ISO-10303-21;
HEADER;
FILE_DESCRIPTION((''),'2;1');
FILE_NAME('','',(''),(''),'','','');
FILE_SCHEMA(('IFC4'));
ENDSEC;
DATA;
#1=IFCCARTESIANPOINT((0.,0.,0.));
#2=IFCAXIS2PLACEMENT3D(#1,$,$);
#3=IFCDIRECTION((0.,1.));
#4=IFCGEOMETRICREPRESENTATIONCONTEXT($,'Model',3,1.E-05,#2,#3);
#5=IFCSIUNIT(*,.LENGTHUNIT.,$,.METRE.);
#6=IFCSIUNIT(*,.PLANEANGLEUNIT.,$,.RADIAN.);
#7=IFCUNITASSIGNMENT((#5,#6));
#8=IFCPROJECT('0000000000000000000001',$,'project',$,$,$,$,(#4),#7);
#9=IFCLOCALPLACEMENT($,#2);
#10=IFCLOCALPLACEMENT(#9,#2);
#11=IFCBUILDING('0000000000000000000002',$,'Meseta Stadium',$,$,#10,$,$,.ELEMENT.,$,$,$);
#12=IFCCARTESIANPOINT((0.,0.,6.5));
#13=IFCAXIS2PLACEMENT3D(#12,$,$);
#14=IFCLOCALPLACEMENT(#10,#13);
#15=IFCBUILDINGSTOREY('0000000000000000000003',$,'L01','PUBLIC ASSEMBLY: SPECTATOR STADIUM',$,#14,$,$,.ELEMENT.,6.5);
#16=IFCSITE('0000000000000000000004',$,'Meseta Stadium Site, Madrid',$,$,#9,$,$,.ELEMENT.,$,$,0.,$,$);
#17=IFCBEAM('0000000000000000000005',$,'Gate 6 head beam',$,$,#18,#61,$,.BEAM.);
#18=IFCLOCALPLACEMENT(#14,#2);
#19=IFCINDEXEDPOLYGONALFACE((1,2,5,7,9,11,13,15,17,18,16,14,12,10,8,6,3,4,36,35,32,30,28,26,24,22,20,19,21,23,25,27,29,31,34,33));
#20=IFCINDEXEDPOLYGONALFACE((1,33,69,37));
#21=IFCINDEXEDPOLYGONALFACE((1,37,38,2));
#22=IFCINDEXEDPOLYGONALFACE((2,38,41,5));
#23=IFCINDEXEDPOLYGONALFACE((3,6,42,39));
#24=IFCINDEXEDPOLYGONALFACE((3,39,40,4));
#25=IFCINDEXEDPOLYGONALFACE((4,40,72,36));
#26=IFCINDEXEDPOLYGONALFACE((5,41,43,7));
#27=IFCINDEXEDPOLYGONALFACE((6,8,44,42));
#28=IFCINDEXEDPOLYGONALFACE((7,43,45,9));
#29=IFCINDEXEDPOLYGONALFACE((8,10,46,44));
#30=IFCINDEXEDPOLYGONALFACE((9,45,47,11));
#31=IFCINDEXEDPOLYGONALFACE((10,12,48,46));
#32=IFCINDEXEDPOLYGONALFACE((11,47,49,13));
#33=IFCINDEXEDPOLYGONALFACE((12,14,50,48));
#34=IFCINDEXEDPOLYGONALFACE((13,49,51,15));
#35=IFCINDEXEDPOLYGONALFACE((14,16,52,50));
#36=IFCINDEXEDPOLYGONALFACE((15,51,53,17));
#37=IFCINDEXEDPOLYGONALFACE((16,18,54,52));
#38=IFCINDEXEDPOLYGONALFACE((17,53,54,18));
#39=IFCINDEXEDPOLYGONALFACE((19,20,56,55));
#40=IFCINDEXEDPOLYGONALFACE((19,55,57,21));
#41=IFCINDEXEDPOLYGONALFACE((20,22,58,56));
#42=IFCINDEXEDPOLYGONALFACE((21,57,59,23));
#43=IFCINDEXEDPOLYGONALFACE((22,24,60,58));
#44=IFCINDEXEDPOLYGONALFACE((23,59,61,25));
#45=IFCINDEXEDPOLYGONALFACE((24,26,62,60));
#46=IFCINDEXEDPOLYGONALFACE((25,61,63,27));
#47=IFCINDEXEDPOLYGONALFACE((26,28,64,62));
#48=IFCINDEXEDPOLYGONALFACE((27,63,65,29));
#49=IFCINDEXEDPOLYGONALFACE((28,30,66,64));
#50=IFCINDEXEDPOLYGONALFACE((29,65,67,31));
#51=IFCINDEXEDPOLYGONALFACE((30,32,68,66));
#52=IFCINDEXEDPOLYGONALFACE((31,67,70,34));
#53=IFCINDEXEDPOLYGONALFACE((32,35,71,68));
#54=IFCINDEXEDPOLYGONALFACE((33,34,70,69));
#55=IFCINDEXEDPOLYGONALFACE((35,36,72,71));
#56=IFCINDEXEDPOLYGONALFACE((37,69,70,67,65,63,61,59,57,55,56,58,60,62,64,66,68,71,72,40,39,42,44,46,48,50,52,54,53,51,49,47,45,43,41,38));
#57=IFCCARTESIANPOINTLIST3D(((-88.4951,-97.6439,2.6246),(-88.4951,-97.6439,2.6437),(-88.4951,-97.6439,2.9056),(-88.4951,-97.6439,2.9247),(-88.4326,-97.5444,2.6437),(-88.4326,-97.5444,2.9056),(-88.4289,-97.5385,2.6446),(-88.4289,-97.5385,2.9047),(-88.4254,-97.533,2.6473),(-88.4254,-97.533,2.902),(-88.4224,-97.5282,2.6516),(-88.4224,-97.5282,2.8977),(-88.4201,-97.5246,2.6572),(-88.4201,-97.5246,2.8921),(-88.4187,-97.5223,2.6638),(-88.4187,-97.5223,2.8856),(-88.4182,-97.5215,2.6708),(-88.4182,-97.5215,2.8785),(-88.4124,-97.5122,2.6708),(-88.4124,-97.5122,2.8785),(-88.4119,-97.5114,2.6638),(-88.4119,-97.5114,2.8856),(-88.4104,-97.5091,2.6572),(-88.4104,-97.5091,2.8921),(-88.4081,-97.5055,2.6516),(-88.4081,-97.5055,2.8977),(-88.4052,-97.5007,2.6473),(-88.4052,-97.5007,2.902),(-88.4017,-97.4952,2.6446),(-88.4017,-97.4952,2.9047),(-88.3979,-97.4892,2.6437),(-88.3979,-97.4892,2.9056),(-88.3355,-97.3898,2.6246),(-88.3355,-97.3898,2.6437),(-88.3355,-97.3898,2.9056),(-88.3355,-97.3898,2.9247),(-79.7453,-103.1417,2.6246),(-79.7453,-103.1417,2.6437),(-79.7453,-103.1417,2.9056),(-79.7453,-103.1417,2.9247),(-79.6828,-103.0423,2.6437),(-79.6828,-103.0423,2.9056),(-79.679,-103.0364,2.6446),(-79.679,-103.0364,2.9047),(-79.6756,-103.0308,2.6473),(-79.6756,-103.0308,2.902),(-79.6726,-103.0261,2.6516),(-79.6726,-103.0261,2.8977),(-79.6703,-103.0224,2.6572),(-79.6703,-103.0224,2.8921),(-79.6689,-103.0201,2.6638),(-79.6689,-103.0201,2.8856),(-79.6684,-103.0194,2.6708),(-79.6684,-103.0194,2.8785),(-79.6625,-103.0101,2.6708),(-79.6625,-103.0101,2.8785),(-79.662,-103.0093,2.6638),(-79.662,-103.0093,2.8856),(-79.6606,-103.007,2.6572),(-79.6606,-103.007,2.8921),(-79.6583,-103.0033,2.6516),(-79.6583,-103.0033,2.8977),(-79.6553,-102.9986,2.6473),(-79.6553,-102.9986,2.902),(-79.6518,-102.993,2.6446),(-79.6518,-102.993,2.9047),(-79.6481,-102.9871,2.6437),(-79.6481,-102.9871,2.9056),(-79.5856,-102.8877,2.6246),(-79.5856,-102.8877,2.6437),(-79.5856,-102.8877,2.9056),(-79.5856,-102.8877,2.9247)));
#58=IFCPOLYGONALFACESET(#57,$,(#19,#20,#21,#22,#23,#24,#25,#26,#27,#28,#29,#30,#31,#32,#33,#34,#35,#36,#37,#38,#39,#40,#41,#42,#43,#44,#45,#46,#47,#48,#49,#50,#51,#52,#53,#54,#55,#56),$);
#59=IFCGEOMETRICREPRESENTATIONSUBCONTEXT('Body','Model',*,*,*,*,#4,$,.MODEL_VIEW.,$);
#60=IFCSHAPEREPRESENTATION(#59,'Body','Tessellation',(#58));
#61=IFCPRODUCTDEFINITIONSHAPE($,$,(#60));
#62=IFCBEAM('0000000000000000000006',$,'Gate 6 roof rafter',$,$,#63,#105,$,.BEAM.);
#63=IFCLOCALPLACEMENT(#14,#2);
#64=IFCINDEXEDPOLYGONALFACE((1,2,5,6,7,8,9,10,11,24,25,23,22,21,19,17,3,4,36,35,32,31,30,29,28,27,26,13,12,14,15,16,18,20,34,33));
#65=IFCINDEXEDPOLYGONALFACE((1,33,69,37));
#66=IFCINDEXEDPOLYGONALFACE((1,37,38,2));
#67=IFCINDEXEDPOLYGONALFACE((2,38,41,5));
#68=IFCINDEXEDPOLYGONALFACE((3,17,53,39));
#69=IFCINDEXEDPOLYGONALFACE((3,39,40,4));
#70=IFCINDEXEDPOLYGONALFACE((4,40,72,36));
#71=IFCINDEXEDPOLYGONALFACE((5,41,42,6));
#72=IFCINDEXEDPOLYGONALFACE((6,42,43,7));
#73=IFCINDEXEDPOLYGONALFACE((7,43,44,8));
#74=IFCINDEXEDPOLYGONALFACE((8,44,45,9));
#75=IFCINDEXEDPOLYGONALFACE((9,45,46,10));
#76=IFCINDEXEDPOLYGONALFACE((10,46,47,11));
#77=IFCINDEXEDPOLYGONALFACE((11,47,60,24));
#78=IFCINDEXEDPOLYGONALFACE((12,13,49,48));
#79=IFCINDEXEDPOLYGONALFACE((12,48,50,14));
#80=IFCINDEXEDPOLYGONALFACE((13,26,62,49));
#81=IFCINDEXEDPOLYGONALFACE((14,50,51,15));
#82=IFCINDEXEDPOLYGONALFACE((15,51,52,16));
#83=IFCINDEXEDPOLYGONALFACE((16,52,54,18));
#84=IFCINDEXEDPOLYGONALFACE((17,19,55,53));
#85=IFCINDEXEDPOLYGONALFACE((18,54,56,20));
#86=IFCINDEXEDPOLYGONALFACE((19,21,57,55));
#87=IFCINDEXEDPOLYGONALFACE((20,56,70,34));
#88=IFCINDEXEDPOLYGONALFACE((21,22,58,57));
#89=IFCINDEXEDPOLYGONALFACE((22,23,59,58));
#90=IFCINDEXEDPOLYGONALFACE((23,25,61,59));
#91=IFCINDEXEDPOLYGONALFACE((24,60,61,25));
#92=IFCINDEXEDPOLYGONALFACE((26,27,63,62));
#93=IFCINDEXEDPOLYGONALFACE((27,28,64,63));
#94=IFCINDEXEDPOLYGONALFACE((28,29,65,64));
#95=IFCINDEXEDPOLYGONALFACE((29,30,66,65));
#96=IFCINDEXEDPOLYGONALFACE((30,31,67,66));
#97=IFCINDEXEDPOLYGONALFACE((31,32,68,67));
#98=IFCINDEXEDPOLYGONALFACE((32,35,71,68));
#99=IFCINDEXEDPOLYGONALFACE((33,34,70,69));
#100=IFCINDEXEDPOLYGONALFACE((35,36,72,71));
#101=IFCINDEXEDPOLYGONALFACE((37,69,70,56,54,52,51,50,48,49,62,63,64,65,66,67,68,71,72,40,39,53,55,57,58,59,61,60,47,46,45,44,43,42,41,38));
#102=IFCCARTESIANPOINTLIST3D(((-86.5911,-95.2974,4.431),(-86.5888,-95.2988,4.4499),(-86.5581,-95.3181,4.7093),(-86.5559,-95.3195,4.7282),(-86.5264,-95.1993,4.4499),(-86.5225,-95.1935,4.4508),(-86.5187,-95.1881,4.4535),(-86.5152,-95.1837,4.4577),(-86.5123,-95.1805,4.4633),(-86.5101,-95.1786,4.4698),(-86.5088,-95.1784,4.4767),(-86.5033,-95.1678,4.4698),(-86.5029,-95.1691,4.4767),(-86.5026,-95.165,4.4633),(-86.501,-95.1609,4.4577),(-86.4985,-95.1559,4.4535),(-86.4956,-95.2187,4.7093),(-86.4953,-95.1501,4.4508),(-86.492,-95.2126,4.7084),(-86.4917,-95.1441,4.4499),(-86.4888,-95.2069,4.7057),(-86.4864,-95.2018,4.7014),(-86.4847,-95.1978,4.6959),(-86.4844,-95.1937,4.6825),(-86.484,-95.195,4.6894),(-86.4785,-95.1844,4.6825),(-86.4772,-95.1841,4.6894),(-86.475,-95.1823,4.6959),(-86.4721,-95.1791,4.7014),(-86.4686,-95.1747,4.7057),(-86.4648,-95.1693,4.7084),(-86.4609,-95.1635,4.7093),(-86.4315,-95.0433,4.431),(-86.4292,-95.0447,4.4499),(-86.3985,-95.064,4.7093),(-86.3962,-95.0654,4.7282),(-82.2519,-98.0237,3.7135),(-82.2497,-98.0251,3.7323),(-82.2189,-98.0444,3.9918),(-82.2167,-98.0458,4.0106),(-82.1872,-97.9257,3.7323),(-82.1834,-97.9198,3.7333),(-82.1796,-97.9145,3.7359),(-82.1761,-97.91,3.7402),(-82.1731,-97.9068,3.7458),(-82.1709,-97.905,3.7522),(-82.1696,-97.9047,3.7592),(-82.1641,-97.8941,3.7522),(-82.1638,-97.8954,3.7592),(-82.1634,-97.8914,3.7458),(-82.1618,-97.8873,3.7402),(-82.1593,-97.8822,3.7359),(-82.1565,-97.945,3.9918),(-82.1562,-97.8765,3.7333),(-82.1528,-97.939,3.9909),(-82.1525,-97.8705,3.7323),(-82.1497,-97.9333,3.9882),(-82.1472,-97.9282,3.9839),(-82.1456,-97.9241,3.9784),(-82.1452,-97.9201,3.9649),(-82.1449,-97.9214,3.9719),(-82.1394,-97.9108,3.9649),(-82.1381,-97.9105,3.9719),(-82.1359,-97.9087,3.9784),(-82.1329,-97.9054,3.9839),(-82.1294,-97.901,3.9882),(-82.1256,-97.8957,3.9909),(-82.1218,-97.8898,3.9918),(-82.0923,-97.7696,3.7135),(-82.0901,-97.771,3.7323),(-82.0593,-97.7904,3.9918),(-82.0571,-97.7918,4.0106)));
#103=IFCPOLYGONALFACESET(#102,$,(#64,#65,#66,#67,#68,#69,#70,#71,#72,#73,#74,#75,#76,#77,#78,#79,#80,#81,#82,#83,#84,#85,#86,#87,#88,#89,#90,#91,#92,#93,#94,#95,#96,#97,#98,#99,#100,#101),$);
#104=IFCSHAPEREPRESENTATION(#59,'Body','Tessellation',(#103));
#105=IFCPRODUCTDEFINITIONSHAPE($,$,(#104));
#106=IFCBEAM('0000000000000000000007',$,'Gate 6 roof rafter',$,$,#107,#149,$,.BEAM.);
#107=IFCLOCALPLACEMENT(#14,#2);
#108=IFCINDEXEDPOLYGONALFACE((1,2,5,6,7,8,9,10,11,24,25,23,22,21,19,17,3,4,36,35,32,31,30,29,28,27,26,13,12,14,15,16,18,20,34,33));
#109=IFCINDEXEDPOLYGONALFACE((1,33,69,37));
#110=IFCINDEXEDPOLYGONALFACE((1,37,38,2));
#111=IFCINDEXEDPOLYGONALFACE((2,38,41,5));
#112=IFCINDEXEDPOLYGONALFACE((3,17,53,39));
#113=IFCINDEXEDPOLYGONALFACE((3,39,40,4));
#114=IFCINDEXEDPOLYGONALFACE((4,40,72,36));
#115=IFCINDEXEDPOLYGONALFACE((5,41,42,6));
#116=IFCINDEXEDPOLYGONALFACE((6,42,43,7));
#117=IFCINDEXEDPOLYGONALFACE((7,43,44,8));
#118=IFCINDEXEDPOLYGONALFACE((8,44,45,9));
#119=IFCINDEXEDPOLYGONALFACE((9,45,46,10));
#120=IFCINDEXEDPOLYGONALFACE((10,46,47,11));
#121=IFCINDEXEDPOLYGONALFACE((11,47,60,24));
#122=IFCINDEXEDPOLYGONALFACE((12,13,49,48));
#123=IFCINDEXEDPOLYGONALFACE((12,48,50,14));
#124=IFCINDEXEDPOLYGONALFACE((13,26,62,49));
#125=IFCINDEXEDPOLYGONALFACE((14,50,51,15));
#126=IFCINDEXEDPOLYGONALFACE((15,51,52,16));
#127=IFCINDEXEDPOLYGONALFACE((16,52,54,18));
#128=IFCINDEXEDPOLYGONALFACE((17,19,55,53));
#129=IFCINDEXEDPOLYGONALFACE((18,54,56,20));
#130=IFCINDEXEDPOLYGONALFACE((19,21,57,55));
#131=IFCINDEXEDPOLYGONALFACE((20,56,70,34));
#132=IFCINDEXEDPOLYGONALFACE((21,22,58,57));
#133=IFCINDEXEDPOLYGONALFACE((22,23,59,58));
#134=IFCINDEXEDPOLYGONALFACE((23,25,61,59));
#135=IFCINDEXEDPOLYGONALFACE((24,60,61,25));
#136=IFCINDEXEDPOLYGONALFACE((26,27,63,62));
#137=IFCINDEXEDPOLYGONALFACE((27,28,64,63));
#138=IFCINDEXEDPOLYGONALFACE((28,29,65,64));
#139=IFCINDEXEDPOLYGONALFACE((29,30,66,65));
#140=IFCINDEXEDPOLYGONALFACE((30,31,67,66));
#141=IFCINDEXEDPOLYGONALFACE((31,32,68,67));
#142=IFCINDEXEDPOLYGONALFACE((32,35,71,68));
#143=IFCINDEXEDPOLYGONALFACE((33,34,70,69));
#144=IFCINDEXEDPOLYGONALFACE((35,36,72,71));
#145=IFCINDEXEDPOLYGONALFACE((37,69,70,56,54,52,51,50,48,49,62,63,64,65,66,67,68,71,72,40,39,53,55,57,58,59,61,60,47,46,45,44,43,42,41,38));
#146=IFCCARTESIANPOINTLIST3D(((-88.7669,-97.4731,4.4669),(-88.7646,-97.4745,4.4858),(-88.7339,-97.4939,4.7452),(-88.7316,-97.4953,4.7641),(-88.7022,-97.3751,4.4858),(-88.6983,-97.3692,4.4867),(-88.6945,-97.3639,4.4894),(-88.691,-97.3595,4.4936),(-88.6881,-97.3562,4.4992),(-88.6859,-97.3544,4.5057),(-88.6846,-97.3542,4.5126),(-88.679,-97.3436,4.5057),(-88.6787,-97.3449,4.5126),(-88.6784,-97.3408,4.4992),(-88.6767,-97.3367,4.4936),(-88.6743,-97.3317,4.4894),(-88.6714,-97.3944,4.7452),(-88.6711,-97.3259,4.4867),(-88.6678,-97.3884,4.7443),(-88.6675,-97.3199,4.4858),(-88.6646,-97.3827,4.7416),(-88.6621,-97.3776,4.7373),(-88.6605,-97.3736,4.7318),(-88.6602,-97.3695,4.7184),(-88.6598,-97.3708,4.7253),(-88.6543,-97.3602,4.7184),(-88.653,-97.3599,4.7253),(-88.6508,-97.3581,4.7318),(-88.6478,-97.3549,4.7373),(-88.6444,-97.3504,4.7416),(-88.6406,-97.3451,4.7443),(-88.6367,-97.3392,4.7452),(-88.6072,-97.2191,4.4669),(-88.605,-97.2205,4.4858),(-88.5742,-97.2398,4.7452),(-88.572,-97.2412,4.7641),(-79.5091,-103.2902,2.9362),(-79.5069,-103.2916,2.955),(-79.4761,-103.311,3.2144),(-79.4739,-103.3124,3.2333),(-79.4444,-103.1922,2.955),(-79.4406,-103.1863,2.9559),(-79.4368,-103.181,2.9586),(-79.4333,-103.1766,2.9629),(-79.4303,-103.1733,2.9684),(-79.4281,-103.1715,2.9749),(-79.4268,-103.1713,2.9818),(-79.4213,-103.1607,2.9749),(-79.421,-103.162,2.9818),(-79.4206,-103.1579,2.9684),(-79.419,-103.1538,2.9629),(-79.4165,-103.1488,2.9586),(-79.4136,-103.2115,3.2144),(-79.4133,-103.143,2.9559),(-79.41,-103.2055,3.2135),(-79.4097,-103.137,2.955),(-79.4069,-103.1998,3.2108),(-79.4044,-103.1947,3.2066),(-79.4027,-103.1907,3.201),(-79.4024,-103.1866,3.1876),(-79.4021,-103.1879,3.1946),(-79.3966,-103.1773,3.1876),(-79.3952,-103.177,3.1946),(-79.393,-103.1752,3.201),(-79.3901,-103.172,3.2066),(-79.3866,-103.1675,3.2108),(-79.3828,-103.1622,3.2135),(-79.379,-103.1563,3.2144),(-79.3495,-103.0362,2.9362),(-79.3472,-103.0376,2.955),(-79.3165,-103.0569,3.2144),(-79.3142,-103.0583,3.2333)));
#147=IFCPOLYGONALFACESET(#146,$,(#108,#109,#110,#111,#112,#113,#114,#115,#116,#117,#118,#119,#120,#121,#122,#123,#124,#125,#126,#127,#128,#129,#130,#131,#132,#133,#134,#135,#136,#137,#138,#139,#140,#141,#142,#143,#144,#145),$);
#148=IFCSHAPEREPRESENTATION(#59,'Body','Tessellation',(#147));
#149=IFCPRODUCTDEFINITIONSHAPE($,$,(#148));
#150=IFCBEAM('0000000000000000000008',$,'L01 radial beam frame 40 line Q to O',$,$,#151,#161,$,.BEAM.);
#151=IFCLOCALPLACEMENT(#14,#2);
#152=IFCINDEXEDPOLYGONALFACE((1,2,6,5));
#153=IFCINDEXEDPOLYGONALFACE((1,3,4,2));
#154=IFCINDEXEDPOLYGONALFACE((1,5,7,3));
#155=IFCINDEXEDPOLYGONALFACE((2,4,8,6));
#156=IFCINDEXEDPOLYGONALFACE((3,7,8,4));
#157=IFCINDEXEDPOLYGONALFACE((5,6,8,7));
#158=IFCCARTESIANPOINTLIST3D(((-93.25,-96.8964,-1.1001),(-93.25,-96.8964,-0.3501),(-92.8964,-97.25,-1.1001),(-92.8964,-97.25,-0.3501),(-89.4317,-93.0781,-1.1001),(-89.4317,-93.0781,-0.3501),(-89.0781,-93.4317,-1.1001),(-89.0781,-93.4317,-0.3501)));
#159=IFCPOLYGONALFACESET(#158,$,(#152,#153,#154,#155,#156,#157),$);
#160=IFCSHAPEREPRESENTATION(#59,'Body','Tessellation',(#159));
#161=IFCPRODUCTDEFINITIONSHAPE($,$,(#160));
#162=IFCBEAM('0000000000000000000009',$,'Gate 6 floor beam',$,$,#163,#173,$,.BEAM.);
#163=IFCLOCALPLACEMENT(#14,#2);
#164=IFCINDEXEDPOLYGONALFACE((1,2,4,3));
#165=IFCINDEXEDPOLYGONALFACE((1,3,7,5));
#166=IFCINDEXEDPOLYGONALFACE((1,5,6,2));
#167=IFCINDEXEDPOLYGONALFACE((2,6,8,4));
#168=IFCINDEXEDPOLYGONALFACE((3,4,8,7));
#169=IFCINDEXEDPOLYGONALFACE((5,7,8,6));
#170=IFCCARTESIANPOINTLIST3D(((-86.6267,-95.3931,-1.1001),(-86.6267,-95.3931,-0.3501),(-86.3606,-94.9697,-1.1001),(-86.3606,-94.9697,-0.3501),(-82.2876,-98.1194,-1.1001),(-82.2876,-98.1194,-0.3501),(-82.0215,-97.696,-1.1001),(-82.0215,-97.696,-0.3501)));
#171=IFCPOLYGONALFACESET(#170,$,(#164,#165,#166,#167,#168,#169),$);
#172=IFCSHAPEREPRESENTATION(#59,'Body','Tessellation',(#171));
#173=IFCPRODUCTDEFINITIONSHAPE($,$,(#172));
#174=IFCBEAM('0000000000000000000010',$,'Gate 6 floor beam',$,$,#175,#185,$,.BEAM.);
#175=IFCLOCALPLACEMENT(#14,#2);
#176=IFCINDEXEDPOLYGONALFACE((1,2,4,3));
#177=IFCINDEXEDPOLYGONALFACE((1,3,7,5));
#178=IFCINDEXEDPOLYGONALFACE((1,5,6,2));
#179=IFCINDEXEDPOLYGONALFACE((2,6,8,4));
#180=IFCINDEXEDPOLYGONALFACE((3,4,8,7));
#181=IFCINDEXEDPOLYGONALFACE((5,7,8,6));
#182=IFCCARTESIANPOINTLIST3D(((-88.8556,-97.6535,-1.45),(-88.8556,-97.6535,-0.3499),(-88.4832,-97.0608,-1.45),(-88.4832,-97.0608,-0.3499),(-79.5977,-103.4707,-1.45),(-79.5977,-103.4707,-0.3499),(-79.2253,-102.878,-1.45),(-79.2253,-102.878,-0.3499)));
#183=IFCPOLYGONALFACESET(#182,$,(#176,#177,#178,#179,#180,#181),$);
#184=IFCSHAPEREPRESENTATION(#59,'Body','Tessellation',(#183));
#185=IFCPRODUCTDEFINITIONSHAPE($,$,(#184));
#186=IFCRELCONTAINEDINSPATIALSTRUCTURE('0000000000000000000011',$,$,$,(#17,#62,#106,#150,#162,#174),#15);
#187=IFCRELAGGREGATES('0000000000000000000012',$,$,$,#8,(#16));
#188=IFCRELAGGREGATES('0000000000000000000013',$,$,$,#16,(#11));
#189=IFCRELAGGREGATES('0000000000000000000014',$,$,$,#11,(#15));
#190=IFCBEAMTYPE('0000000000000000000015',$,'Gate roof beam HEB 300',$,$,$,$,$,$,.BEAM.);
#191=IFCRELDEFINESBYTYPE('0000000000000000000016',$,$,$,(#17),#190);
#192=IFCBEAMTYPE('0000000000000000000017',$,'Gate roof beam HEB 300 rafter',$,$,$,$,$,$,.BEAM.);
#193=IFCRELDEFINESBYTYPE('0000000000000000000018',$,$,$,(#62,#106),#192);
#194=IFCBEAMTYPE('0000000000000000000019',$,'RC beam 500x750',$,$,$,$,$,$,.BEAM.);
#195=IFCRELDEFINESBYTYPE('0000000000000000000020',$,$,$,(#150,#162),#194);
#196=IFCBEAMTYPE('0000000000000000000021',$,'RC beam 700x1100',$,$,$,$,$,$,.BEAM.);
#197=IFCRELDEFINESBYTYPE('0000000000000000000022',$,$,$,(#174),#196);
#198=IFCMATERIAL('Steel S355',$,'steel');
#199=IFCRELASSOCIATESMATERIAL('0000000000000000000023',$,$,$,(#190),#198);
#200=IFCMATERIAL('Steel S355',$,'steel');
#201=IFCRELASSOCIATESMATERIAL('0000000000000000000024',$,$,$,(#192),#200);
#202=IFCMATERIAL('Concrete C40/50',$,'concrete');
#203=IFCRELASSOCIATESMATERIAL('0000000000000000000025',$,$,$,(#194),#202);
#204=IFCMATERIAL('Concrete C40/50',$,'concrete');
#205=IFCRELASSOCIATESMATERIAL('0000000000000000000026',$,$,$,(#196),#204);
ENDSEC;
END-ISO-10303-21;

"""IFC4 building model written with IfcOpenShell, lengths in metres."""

from ifc_helpers import new_model, si_unit, direction, frame, origin, origin_2d, place, context, subcontext, project, spatial, rectangle, i_section, extrude, material, material_profile, profile_set, type_object, element, save


model = new_model("IFC4")

# Units and contexts
model_context = context("Model", 3, precision=1e-05, world=origin(), true_north=direction((0.0, 1.0)))
body_context = subcontext(model_context, "Body", "Model", "MODEL_VIEW")
ifc_project = project(units=[si_unit("LENGTHUNIT", "METRE"), si_unit("PLANEANGLEUNIT", "RADIAN")], contexts=[model_context])

# Site, building, storey
site_placement = place(None, origin())
site = spatial("IfcSite", under=ifc_project, at=site_placement, Name="Meseta Stadium Site, Madrid", CompositionType="ELEMENT", RefElevation=0.0)
building_placement = place(site_placement, origin())
building = spatial("IfcBuilding", under=site, at=building_placement, Name="Meseta Stadium", CompositionType="ELEMENT")
storey_placement = place(building_placement, frame((0.0, 0.0, 6.5)))
storey = spatial("IfcBuildingStorey", under=building, at=storey_placement, Name="L01", Description="PUBLIC ASSEMBLY: SPECTATOR STADIUM", CompositionType="ELEMENT", Elevation=6.5)

# Beams
ifc_material_1 = material(Name="Steel S355", Category="steel")
ifc_material_profile_1 = material_profile(ifc_material_1, i_section(OverallWidth=0.3, OverallDepth=0.3, WebThickness=0.011, FlangeThickness=0.019, FilletRadius=0.0271, at=origin_2d()), Name="HEB 300")
ifc_profile_set_1 = profile_set([ifc_material_profile_1], Name="Steel S355")
beam_type_1 = type_object("IfcBeamType", Name="Gate roof beam HEB 300", PredefinedType="BEAM", material=ifc_profile_set_1)
beam_1_placement = place(storey_placement, frame((-88.4153, -97.5168, 2.7747), z_axis=(0.846726, -0.53203, 0.0), x_axis=(0.53203, 0.846726, 0.0)))
element("IfcBeam", 1, at=beam_1_placement, inside=storey, type_object=beam_type_1, Name="Gate 6 head beam", PredefinedType="BEAM", context=body_context, shape_type="SweptSolid", body=[
    extrude(i_section(OverallWidth=0.3, OverallDepth=0.3, WebThickness=0.011, FlangeThickness=0.019, FilletRadius=0.0271, at=origin_2d()), origin(), (0.0, 0.0, 1.0), 10.3337),
])
ifc_material_2 = material(Name="Steel S355", Category="steel")
ifc_material_profile_2 = material_profile(ifc_material_2, i_section(OverallWidth=0.3, OverallDepth=0.3, WebThickness=0.011, FlangeThickness=0.019, FilletRadius=0.0271, at=origin_2d()), Name="HEB 300")
ifc_profile_set_2 = profile_set([ifc_material_profile_2], Name="Steel S355")
beam_type_2 = type_object("IfcBeamType", Name="Gate roof beam HEB 300 rafter", PredefinedType="BEAM", material=ifc_profile_set_2)
beam_2_placement = place(storey_placement, frame((-86.4937, -95.1814, 4.5796), z_axis=(0.838555, -0.526875, -0.138666), x_axis=(0.532014, 0.846735, 0.0)))
element("IfcBeam", 2, at=beam_2_placement, inside=storey, type_object=beam_type_2, Name="Gate 6 roof rafter", PredefinedType="BEAM", context=body_context, shape_type="SweptSolid", body=[
    extrude(i_section(OverallWidth=0.3, OverallDepth=0.3, WebThickness=0.011, FlangeThickness=0.019, FilletRadius=0.0271, at=origin_2d()), origin(), (0.0, 0.0, 1.0), 5.1746),
])
beam_3_placement = place(storey_placement, frame((-88.6694, -97.3572, 4.6155), z_axis=(0.838543, -0.526898, -0.138652), x_axis=(0.532037, 0.846721, 0.0)))
element("IfcBeam", 3, at=beam_3_placement, inside=storey, type_object=beam_type_2, Name="Gate 6 roof rafter", PredefinedType="BEAM", context=body_context, shape_type="SweptSolid", body=[
    extrude(i_section(OverallWidth=0.3, OverallDepth=0.3, WebThickness=0.011, FlangeThickness=0.019, FilletRadius=0.0271, at=origin_2d()), origin(), (0.0, 0.0, 1.0), 11.0403),
])
ifc_material_3 = material(Name="Concrete C40/50", Category="concrete")
ifc_material_profile_3 = material_profile(ifc_material_3, rectangle(XDim=0.5, YDim=0.75, at=origin_2d()), Name="RC 500x750")
ifc_profile_set_3 = profile_set([ifc_material_profile_3], Name="Concrete C40/50")
beam_type_3 = type_object("IfcBeamType", Name="RC beam 500x750", PredefinedType="BEAM", material=ifc_profile_set_3)
beam_4_placement = place(storey_placement, frame((-89.2549, -93.2549, -0.7251), z_axis=(-0.707107, -0.707107, 0.0), x_axis=(0.707107, -0.707107, 0.0)))
element("IfcBeam", 4, at=beam_4_placement, inside=storey, type_object=beam_type_3, Name="L01 radial beam frame 40 line Q to O", PredefinedType="BEAM", context=body_context, shape_type="SweptSolid", body=[
    extrude(rectangle(XDim=0.5, YDim=0.75, at=origin_2d()), origin(), (0.0, 0.0, 1.0), 5.3999),
])
beam_5_placement = place(storey_placement, frame((-86.4937, -95.1814, -0.7251), z_axis=(0.846735, -0.532014, 0.0), x_axis=(0.532014, 0.846735, 0.0)))
element("IfcBeam", 5, at=beam_5_placement, inside=storey, type_object=beam_type_3, Name="Gate 6 floor beam", PredefinedType="BEAM", context=body_context, shape_type="SweptSolid", body=[
    extrude(rectangle(XDim=0.5, YDim=0.75, at=origin_2d()), origin(), (0.0, 0.0, 1.0), 5.1245),
])
ifc_material_4 = material(Name="Concrete C40/50", Category="concrete")
ifc_material_profile_4 = material_profile(ifc_material_4, rectangle(XDim=0.7, YDim=1.1001, at=origin_2d()), Name="RC 700x1100")
ifc_profile_set_4 = profile_set([ifc_material_profile_4], Name="Concrete C40/50")
beam_type_4 = type_object("IfcBeamType", Name="RC beam 700x1100", PredefinedType="BEAM", material=ifc_profile_set_4)
beam_6_placement = place(storey_placement, frame((-88.6694, -97.3572, -0.8999), z_axis=(0.846721, -0.532037, 0.0), x_axis=(0.532037, 0.846721, 0.0)))
element("IfcBeam", 6, at=beam_6_placement, inside=storey, type_object=beam_type_4, Name="Gate 6 floor beam", PredefinedType="BEAM", context=body_context, shape_type="SweptSolid", body=[
    extrude(rectangle(XDim=0.7, YDim=1.1001, at=origin_2d()), origin(), (0.0, 0.0, 1.0), 10.9338),
])

save(model, "model.ifc")
